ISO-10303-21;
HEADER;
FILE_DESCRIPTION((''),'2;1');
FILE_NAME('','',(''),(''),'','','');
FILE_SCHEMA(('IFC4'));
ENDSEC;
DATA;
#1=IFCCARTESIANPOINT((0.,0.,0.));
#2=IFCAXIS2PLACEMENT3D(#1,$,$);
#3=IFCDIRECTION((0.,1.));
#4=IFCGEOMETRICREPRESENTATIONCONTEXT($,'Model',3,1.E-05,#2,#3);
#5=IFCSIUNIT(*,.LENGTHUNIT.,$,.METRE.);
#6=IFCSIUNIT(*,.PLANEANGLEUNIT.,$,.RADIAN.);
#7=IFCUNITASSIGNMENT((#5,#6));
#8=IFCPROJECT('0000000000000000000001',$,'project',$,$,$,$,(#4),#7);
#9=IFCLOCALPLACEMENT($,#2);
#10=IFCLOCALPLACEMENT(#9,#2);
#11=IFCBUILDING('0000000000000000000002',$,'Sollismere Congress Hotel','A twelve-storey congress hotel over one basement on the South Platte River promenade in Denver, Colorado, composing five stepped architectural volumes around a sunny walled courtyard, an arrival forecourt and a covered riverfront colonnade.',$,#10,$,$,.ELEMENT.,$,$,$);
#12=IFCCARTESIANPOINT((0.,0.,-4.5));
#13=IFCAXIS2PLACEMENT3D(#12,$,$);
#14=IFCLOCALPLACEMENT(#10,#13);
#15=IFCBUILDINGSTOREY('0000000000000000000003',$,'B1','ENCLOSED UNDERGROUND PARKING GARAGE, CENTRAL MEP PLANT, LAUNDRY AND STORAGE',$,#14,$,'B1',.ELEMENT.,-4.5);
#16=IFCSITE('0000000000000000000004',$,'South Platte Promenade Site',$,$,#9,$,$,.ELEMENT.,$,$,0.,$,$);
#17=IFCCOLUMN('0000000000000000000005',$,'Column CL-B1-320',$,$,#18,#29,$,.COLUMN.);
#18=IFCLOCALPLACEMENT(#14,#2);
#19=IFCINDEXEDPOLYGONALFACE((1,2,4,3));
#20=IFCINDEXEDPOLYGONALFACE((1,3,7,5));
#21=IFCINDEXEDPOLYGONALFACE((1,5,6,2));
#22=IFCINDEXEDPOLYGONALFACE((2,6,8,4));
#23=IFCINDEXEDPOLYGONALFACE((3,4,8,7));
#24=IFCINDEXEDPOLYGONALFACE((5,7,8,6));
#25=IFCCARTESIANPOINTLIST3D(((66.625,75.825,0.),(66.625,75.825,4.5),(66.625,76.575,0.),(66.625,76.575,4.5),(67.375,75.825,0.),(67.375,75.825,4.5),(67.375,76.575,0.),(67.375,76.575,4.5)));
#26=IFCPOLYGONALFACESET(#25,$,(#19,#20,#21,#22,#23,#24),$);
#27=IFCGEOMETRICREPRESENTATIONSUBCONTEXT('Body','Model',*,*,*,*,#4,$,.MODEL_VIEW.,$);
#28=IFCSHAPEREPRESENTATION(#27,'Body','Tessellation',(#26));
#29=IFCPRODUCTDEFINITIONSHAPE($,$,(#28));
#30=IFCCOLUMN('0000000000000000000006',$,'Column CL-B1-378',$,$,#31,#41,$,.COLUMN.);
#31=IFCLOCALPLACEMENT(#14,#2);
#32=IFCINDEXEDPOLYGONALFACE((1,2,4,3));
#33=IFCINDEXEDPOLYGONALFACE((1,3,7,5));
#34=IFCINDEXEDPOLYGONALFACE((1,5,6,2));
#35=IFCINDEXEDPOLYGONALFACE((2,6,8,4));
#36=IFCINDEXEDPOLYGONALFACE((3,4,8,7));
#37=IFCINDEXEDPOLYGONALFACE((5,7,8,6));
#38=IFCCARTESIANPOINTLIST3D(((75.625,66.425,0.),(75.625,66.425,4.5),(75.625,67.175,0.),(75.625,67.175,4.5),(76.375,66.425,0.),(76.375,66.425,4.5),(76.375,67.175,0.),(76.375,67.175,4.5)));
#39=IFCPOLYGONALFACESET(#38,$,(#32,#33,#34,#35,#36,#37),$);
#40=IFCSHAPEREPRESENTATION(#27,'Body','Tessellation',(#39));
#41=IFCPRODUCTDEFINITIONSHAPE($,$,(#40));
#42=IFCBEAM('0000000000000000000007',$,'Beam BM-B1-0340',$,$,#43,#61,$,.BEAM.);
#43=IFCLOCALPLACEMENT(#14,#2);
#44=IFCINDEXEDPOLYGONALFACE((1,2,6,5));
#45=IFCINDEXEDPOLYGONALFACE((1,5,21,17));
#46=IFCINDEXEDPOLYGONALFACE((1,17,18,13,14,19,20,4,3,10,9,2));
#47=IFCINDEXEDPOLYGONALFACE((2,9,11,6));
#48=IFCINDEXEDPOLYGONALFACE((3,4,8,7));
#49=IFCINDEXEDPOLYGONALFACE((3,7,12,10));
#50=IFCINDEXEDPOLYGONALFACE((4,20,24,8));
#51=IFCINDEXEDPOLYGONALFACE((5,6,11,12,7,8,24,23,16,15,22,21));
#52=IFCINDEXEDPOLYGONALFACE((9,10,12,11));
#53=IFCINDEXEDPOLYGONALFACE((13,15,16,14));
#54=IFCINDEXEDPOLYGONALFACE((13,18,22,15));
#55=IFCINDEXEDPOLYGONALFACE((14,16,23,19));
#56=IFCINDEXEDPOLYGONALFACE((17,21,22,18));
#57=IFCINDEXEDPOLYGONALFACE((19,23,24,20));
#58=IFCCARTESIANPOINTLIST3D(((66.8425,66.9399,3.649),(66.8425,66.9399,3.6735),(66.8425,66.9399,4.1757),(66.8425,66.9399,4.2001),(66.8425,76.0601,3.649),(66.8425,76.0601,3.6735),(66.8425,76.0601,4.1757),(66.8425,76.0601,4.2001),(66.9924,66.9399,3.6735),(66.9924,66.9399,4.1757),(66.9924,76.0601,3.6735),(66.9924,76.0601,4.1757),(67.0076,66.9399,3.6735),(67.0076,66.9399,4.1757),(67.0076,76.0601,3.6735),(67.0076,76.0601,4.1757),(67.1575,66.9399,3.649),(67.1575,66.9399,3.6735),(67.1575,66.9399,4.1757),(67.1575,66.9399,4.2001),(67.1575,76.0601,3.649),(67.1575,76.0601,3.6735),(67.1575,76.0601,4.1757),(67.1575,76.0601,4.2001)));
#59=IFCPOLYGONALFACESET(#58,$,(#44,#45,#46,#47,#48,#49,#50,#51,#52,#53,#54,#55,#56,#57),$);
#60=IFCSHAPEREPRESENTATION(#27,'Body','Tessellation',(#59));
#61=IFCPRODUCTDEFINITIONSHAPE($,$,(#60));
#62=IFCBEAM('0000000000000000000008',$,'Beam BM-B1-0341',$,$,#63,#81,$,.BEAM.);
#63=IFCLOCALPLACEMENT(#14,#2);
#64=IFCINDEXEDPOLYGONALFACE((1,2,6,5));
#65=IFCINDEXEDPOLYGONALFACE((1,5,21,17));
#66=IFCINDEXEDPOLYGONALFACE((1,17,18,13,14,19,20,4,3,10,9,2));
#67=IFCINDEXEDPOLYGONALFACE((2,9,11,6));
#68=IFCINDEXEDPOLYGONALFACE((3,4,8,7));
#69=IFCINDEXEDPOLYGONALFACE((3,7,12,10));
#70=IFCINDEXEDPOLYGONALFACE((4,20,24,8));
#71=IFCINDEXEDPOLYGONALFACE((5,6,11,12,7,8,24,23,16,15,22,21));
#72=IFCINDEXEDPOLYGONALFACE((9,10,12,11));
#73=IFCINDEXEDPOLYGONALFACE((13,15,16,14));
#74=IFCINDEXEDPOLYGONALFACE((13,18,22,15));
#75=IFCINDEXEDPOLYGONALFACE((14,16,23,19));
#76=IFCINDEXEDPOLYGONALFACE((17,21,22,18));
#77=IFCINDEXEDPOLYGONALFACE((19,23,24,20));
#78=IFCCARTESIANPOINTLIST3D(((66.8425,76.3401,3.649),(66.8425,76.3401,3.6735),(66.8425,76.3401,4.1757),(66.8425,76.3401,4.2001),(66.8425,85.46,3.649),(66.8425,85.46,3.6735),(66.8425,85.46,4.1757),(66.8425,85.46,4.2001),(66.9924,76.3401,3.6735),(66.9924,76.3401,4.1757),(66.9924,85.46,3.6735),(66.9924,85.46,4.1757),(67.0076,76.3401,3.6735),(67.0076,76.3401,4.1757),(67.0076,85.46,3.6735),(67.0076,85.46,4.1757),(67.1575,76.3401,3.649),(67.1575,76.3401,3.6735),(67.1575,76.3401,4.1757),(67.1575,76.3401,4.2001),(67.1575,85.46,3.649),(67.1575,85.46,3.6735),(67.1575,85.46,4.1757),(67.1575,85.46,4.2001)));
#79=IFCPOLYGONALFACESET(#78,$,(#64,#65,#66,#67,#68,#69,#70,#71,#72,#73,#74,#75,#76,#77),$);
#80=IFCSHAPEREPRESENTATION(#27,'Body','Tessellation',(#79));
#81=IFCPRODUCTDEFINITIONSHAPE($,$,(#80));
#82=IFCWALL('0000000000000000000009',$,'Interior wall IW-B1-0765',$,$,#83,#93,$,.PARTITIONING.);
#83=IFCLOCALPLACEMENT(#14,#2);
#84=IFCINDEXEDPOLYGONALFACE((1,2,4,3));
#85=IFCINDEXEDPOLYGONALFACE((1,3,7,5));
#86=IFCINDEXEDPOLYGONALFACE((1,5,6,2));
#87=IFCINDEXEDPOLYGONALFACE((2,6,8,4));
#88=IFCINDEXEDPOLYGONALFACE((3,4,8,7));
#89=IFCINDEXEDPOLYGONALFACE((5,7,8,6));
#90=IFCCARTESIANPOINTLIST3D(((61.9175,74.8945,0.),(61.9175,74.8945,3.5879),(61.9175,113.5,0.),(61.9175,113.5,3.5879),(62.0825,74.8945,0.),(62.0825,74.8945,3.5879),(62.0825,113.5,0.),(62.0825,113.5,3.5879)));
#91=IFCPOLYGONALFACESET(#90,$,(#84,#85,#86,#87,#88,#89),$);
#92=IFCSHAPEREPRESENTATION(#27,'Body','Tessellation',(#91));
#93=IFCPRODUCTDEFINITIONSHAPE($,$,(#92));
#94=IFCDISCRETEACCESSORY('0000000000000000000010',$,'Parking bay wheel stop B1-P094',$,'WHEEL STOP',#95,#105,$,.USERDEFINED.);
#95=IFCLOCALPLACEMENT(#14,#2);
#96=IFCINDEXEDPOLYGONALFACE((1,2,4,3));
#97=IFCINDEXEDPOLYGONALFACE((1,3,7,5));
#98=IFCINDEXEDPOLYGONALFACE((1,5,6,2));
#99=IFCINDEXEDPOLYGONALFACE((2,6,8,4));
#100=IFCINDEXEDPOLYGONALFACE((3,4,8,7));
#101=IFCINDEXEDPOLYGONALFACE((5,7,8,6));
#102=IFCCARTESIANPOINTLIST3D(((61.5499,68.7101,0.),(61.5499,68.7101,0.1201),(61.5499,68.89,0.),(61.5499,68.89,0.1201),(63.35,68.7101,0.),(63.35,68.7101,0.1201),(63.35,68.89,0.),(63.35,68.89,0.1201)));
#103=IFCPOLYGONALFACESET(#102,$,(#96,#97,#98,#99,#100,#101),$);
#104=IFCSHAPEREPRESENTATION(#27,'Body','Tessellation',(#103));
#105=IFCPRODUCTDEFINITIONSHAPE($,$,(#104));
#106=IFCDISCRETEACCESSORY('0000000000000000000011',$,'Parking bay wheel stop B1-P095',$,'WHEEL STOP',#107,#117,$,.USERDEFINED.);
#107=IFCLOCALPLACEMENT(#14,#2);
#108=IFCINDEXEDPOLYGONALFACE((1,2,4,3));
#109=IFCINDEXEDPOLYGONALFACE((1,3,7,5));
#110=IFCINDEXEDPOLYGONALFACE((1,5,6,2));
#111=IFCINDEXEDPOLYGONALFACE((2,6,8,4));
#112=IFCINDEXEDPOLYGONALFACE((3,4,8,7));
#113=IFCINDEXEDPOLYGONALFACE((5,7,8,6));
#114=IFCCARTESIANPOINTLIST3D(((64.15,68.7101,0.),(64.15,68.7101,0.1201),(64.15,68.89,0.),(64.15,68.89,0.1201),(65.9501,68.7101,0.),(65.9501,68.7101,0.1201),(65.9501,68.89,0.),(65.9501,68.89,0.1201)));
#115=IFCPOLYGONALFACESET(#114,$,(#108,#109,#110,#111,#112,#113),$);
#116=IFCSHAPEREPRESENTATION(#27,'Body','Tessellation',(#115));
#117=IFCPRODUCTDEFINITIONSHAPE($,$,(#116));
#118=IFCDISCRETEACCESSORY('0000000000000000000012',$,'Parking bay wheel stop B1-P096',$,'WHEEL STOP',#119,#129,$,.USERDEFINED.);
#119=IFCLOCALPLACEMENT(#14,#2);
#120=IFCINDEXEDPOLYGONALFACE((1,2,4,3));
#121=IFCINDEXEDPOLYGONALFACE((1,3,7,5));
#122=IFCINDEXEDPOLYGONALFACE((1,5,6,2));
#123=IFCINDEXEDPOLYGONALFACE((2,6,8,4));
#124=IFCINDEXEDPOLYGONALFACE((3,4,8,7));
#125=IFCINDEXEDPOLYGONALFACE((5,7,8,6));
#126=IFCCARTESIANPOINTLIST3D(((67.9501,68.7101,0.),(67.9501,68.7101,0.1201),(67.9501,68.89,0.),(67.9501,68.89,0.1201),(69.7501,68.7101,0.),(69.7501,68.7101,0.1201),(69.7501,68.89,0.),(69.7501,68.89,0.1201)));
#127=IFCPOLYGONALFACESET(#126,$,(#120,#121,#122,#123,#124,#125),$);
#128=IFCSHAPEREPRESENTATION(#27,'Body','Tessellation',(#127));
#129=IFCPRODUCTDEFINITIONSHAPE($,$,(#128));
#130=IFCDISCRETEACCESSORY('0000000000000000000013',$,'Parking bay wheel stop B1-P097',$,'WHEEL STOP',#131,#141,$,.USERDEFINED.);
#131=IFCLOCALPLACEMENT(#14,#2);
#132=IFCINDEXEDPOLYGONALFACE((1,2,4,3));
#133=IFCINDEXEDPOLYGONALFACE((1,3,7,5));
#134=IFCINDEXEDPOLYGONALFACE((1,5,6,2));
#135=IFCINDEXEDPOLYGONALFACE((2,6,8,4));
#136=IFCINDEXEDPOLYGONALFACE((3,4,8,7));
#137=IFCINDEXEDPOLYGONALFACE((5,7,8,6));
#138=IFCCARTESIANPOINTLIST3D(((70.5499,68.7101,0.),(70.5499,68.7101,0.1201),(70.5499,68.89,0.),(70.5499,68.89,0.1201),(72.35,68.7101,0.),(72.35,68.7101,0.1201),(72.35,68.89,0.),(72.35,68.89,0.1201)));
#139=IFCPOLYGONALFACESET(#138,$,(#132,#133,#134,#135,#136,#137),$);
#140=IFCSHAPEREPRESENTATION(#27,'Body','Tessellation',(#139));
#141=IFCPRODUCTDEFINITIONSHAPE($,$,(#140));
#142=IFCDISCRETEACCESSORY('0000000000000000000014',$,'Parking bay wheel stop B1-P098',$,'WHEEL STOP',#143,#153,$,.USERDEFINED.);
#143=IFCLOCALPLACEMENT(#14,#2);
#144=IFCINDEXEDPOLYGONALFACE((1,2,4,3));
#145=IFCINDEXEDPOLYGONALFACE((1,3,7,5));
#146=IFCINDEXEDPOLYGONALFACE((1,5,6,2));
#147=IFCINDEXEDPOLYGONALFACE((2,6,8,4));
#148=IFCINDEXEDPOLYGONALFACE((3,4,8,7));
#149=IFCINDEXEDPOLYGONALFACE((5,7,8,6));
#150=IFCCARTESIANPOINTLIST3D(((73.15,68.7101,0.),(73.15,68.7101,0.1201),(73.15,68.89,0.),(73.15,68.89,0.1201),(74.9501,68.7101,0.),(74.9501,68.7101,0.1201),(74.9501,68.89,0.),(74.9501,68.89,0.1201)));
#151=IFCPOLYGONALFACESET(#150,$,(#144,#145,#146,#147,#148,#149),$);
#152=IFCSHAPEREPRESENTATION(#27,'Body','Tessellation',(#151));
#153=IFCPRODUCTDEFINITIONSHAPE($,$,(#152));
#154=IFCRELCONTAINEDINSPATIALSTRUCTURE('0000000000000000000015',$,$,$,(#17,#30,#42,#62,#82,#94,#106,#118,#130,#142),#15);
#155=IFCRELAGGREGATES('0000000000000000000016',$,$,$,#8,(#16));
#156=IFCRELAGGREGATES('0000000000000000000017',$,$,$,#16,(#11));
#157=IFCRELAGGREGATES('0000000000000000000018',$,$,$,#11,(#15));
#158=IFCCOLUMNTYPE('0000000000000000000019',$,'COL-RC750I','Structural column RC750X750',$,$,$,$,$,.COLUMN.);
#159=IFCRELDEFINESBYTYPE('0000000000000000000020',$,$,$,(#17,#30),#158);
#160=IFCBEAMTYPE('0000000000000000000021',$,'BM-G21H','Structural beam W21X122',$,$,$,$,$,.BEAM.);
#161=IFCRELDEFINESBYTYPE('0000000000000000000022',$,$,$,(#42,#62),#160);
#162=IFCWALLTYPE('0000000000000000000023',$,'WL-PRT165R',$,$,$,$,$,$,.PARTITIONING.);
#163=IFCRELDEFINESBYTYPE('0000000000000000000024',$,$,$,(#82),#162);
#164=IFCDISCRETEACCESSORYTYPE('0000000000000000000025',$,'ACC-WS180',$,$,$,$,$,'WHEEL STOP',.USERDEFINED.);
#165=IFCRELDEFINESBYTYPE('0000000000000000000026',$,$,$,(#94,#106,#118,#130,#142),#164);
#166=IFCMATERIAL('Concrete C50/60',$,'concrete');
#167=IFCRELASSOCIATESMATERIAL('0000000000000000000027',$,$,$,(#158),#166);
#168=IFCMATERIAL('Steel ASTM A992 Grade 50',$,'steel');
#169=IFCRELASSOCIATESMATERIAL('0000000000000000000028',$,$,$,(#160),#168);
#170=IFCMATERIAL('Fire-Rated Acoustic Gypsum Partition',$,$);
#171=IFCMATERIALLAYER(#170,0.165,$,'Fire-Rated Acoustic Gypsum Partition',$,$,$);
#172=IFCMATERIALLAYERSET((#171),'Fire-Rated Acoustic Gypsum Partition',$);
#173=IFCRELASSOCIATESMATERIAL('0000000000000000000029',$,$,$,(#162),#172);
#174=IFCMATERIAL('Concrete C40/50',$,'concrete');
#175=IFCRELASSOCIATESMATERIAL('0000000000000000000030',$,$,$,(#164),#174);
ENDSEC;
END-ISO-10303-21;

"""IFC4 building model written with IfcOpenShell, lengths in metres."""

from ifc_helpers import new_model, si_unit, direction, frame, frame_2d, origin, origin_2d, place, context, subcontext, project, spatial, rectangle, i_section, extrude, material, layer, layer_set, material_profile, profile_set, type_object, element, save


model = new_model("IFC4")

# Units and contexts
model_context = context("Model", 3, precision=1e-05, world=origin(), true_north=direction((0.0, 1.0)))
body_context = subcontext(model_context, "Body", "Model", "MODEL_VIEW")
ifc_project = project(units=[si_unit("LENGTHUNIT", "METRE"), si_unit("PLANEANGLEUNIT", "RADIAN")], contexts=[model_context])

# Site, building, storey
site_placement = place(None, origin())
site = spatial("IfcSite", under=ifc_project, at=site_placement, Name="South Platte Promenade Site", CompositionType="ELEMENT", RefElevation=0.0)
building_placement = place(site_placement, origin())
building = spatial("IfcBuilding", under=site, at=building_placement, Name="Sollismere Congress Hotel", Description="A twelve-storey congress hotel over one basement on the South Platte River promenade in Denver, Colorado, composing five stepped architectural volumes around a sunny walled courtyard, an arrival forecourt and a covered riverfront colonnade.", CompositionType="ELEMENT")
storey_placement = place(building_placement, frame((0.0, 0.0, -4.5)))
storey = spatial("IfcBuildingStorey", under=building, at=storey_placement, Name="B1", Description="ENCLOSED UNDERGROUND PARKING GARAGE, CENTRAL MEP PLANT, LAUNDRY AND STORAGE", LongName="B1", CompositionType="ELEMENT", Elevation=-4.5)

# Shared definitions
ifc_material_1 = material(Name="Concrete C40/50", Category="concrete")

# Columns
ifc_material_2 = material(Name="Concrete C50/60", Category="concrete")
ifc_material_profile_1 = material_profile(ifc_material_2, rectangle(XDim=0.75, YDim=0.75, at=origin_2d()), Name="RC750X750")
ifc_profile_set_1 = profile_set([ifc_material_profile_1], Name="Concrete C50/60")
column_type = type_object("IfcColumnType", Name="COL-RC750I", Description="Structural column RC750X750", PredefinedType="COLUMN", material=ifc_profile_set_1)
for number, where, z_axis, x_axis, name in (
    (1, (67.0, 76.2, 0.0), (0.0, 0.0, 1.0), (1.0, 0.0, 0.0), "Column CL-B1-320"),
    (2, (76.0, 66.8, 0.0), (0.0, 0.0, 1.0), (0.0, 1.0, 0.0), "Column CL-B1-378"),
):
    element("IfcColumn", number, at=place(storey_placement, frame(where, z_axis=z_axis, x_axis=x_axis)), inside=storey, type_object=column_type, Name=name, PredefinedType="COLUMN", context=body_context, shape_type="SweptSolid", body=[
        extrude(rectangle(XDim=0.75, YDim=0.75, at=origin_2d()), origin(), (0.0, 0.0, 1.0), 4.5),
    ])

# Beams
ifc_material_3 = material(Name="Steel ASTM A992 Grade 50", Category="steel")
ifc_material_profile_2 = material_profile(ifc_material_3, i_section(OverallWidth=0.3149, OverallDepth=0.551, WebThickness=0.0151, FlangeThickness=0.0244, at=origin_2d()), Name="W21X122")
ifc_profile_set_2 = profile_set([ifc_material_profile_2], Name="Steel ASTM A992 Grade 50")
beam_type = type_object("IfcBeamType", Name="BM-G21H", Description="Structural beam W21X122", PredefinedType="BEAM", material=ifc_profile_set_2)
beam_1_placement = place(storey_placement, frame((67.0, 66.9399, 3.9246), z_axis=(0.0, 1.0, 0.0), x_axis=(-1.0, 0.0, 0.0)))
element("IfcBeam", 3, at=beam_1_placement, inside=storey, type_object=beam_type, Name="Beam BM-B1-0340", PredefinedType="BEAM", context=body_context, shape_type="SweptSolid", body=[
    extrude(i_section(OverallWidth=0.3149, OverallDepth=0.551, WebThickness=0.0151, FlangeThickness=0.0244, at=origin_2d()), origin(), (0.0, 0.0, 1.0), 9.1201),
])
beam_2_placement = place(storey_placement, frame((67.0, 76.3401, 3.9246), z_axis=(0.0, 1.0, 0.0), x_axis=(-1.0, 0.0, 0.0)))
element("IfcBeam", 4, at=beam_2_placement, inside=storey, type_object=beam_type, Name="Beam BM-B1-0341", PredefinedType="BEAM", context=body_context, shape_type="SweptSolid", body=[
    extrude(i_section(OverallWidth=0.3149, OverallDepth=0.551, WebThickness=0.0151, FlangeThickness=0.0244, at=origin_2d()), origin(), (0.0, 0.0, 1.0), 9.1199),
])

# Wall
ifc_material_4 = material(Name="Fire-Rated Acoustic Gypsum Partition")
ifc_layer = layer(ifc_material_4, 0.165, Name="Fire-Rated Acoustic Gypsum Partition")
ifc_layer_set = layer_set([ifc_layer], Name="Fire-Rated Acoustic Gypsum Partition")
wall_type = type_object("IfcWallType", Name="WL-PRT165R", PredefinedType="PARTITIONING", material=ifc_layer_set)
wall_placement = place(storey_placement, frame((62.0, 74.8945, 0.0), z_axis=(0.0, 0.0, 1.0), x_axis=(0.0, 1.0, 0.0)))
element("IfcWall", 5, at=wall_placement, inside=storey, type_object=wall_type, Name="Interior wall IW-B1-0765", PredefinedType="PARTITIONING", context=body_context, shape_type="SweptSolid", body=[
    extrude(rectangle(XDim=38.6055, YDim=0.165, at=frame_2d((19.3027, 0.0))), origin(), (0.0, 0.0, 1.0), 3.5879),
])

# Discrete accessories
discrete_accessory_type = type_object("IfcDiscreteAccessoryType", Name="ACC-WS180", ElementType="WHEEL STOP", PredefinedType="USERDEFINED", material=ifc_material_1)
for number, where, z_axis, x_axis, name in (
    (6, (62.45, 68.8, 0.0), (0.0, 0.0, 1.0), (1.0, 0.0, 0.0), "Parking bay wheel stop B1-P094"),
    (7, (65.05, 68.8, 0.0), (0.0, 0.0, 1.0), (1.0, 0.0, 0.0), "Parking bay wheel stop B1-P095"),
    (8, (68.8501, 68.8, 0.0), (0.0, 0.0, 1.0), (1.0, 0.0, 0.0), "Parking bay wheel stop B1-P096"),
    (9, (71.45, 68.8, 0.0), (0.0, 0.0, 1.0), (1.0, 0.0, 0.0), "Parking bay wheel stop B1-P097"),
    (10, (74.05, 68.8, 0.0), (0.0, 0.0, 1.0), (1.0, 0.0, 0.0), "Parking bay wheel stop B1-P098"),
):
    element("IfcDiscreteAccessory", number, at=place(storey_placement, frame(where, z_axis=z_axis, x_axis=x_axis)), inside=storey, type_object=discrete_accessory_type, Name=name, ObjectType="WHEEL STOP", PredefinedType="USERDEFINED", context=body_context, shape_type="SweptSolid", body=[
        extrude(rectangle(XDim=1.8, YDim=0.1799, at=origin_2d()), origin(), (0.0, 0.0, 1.0), 0.1201),
    ])

save(model, "model.ifc")
